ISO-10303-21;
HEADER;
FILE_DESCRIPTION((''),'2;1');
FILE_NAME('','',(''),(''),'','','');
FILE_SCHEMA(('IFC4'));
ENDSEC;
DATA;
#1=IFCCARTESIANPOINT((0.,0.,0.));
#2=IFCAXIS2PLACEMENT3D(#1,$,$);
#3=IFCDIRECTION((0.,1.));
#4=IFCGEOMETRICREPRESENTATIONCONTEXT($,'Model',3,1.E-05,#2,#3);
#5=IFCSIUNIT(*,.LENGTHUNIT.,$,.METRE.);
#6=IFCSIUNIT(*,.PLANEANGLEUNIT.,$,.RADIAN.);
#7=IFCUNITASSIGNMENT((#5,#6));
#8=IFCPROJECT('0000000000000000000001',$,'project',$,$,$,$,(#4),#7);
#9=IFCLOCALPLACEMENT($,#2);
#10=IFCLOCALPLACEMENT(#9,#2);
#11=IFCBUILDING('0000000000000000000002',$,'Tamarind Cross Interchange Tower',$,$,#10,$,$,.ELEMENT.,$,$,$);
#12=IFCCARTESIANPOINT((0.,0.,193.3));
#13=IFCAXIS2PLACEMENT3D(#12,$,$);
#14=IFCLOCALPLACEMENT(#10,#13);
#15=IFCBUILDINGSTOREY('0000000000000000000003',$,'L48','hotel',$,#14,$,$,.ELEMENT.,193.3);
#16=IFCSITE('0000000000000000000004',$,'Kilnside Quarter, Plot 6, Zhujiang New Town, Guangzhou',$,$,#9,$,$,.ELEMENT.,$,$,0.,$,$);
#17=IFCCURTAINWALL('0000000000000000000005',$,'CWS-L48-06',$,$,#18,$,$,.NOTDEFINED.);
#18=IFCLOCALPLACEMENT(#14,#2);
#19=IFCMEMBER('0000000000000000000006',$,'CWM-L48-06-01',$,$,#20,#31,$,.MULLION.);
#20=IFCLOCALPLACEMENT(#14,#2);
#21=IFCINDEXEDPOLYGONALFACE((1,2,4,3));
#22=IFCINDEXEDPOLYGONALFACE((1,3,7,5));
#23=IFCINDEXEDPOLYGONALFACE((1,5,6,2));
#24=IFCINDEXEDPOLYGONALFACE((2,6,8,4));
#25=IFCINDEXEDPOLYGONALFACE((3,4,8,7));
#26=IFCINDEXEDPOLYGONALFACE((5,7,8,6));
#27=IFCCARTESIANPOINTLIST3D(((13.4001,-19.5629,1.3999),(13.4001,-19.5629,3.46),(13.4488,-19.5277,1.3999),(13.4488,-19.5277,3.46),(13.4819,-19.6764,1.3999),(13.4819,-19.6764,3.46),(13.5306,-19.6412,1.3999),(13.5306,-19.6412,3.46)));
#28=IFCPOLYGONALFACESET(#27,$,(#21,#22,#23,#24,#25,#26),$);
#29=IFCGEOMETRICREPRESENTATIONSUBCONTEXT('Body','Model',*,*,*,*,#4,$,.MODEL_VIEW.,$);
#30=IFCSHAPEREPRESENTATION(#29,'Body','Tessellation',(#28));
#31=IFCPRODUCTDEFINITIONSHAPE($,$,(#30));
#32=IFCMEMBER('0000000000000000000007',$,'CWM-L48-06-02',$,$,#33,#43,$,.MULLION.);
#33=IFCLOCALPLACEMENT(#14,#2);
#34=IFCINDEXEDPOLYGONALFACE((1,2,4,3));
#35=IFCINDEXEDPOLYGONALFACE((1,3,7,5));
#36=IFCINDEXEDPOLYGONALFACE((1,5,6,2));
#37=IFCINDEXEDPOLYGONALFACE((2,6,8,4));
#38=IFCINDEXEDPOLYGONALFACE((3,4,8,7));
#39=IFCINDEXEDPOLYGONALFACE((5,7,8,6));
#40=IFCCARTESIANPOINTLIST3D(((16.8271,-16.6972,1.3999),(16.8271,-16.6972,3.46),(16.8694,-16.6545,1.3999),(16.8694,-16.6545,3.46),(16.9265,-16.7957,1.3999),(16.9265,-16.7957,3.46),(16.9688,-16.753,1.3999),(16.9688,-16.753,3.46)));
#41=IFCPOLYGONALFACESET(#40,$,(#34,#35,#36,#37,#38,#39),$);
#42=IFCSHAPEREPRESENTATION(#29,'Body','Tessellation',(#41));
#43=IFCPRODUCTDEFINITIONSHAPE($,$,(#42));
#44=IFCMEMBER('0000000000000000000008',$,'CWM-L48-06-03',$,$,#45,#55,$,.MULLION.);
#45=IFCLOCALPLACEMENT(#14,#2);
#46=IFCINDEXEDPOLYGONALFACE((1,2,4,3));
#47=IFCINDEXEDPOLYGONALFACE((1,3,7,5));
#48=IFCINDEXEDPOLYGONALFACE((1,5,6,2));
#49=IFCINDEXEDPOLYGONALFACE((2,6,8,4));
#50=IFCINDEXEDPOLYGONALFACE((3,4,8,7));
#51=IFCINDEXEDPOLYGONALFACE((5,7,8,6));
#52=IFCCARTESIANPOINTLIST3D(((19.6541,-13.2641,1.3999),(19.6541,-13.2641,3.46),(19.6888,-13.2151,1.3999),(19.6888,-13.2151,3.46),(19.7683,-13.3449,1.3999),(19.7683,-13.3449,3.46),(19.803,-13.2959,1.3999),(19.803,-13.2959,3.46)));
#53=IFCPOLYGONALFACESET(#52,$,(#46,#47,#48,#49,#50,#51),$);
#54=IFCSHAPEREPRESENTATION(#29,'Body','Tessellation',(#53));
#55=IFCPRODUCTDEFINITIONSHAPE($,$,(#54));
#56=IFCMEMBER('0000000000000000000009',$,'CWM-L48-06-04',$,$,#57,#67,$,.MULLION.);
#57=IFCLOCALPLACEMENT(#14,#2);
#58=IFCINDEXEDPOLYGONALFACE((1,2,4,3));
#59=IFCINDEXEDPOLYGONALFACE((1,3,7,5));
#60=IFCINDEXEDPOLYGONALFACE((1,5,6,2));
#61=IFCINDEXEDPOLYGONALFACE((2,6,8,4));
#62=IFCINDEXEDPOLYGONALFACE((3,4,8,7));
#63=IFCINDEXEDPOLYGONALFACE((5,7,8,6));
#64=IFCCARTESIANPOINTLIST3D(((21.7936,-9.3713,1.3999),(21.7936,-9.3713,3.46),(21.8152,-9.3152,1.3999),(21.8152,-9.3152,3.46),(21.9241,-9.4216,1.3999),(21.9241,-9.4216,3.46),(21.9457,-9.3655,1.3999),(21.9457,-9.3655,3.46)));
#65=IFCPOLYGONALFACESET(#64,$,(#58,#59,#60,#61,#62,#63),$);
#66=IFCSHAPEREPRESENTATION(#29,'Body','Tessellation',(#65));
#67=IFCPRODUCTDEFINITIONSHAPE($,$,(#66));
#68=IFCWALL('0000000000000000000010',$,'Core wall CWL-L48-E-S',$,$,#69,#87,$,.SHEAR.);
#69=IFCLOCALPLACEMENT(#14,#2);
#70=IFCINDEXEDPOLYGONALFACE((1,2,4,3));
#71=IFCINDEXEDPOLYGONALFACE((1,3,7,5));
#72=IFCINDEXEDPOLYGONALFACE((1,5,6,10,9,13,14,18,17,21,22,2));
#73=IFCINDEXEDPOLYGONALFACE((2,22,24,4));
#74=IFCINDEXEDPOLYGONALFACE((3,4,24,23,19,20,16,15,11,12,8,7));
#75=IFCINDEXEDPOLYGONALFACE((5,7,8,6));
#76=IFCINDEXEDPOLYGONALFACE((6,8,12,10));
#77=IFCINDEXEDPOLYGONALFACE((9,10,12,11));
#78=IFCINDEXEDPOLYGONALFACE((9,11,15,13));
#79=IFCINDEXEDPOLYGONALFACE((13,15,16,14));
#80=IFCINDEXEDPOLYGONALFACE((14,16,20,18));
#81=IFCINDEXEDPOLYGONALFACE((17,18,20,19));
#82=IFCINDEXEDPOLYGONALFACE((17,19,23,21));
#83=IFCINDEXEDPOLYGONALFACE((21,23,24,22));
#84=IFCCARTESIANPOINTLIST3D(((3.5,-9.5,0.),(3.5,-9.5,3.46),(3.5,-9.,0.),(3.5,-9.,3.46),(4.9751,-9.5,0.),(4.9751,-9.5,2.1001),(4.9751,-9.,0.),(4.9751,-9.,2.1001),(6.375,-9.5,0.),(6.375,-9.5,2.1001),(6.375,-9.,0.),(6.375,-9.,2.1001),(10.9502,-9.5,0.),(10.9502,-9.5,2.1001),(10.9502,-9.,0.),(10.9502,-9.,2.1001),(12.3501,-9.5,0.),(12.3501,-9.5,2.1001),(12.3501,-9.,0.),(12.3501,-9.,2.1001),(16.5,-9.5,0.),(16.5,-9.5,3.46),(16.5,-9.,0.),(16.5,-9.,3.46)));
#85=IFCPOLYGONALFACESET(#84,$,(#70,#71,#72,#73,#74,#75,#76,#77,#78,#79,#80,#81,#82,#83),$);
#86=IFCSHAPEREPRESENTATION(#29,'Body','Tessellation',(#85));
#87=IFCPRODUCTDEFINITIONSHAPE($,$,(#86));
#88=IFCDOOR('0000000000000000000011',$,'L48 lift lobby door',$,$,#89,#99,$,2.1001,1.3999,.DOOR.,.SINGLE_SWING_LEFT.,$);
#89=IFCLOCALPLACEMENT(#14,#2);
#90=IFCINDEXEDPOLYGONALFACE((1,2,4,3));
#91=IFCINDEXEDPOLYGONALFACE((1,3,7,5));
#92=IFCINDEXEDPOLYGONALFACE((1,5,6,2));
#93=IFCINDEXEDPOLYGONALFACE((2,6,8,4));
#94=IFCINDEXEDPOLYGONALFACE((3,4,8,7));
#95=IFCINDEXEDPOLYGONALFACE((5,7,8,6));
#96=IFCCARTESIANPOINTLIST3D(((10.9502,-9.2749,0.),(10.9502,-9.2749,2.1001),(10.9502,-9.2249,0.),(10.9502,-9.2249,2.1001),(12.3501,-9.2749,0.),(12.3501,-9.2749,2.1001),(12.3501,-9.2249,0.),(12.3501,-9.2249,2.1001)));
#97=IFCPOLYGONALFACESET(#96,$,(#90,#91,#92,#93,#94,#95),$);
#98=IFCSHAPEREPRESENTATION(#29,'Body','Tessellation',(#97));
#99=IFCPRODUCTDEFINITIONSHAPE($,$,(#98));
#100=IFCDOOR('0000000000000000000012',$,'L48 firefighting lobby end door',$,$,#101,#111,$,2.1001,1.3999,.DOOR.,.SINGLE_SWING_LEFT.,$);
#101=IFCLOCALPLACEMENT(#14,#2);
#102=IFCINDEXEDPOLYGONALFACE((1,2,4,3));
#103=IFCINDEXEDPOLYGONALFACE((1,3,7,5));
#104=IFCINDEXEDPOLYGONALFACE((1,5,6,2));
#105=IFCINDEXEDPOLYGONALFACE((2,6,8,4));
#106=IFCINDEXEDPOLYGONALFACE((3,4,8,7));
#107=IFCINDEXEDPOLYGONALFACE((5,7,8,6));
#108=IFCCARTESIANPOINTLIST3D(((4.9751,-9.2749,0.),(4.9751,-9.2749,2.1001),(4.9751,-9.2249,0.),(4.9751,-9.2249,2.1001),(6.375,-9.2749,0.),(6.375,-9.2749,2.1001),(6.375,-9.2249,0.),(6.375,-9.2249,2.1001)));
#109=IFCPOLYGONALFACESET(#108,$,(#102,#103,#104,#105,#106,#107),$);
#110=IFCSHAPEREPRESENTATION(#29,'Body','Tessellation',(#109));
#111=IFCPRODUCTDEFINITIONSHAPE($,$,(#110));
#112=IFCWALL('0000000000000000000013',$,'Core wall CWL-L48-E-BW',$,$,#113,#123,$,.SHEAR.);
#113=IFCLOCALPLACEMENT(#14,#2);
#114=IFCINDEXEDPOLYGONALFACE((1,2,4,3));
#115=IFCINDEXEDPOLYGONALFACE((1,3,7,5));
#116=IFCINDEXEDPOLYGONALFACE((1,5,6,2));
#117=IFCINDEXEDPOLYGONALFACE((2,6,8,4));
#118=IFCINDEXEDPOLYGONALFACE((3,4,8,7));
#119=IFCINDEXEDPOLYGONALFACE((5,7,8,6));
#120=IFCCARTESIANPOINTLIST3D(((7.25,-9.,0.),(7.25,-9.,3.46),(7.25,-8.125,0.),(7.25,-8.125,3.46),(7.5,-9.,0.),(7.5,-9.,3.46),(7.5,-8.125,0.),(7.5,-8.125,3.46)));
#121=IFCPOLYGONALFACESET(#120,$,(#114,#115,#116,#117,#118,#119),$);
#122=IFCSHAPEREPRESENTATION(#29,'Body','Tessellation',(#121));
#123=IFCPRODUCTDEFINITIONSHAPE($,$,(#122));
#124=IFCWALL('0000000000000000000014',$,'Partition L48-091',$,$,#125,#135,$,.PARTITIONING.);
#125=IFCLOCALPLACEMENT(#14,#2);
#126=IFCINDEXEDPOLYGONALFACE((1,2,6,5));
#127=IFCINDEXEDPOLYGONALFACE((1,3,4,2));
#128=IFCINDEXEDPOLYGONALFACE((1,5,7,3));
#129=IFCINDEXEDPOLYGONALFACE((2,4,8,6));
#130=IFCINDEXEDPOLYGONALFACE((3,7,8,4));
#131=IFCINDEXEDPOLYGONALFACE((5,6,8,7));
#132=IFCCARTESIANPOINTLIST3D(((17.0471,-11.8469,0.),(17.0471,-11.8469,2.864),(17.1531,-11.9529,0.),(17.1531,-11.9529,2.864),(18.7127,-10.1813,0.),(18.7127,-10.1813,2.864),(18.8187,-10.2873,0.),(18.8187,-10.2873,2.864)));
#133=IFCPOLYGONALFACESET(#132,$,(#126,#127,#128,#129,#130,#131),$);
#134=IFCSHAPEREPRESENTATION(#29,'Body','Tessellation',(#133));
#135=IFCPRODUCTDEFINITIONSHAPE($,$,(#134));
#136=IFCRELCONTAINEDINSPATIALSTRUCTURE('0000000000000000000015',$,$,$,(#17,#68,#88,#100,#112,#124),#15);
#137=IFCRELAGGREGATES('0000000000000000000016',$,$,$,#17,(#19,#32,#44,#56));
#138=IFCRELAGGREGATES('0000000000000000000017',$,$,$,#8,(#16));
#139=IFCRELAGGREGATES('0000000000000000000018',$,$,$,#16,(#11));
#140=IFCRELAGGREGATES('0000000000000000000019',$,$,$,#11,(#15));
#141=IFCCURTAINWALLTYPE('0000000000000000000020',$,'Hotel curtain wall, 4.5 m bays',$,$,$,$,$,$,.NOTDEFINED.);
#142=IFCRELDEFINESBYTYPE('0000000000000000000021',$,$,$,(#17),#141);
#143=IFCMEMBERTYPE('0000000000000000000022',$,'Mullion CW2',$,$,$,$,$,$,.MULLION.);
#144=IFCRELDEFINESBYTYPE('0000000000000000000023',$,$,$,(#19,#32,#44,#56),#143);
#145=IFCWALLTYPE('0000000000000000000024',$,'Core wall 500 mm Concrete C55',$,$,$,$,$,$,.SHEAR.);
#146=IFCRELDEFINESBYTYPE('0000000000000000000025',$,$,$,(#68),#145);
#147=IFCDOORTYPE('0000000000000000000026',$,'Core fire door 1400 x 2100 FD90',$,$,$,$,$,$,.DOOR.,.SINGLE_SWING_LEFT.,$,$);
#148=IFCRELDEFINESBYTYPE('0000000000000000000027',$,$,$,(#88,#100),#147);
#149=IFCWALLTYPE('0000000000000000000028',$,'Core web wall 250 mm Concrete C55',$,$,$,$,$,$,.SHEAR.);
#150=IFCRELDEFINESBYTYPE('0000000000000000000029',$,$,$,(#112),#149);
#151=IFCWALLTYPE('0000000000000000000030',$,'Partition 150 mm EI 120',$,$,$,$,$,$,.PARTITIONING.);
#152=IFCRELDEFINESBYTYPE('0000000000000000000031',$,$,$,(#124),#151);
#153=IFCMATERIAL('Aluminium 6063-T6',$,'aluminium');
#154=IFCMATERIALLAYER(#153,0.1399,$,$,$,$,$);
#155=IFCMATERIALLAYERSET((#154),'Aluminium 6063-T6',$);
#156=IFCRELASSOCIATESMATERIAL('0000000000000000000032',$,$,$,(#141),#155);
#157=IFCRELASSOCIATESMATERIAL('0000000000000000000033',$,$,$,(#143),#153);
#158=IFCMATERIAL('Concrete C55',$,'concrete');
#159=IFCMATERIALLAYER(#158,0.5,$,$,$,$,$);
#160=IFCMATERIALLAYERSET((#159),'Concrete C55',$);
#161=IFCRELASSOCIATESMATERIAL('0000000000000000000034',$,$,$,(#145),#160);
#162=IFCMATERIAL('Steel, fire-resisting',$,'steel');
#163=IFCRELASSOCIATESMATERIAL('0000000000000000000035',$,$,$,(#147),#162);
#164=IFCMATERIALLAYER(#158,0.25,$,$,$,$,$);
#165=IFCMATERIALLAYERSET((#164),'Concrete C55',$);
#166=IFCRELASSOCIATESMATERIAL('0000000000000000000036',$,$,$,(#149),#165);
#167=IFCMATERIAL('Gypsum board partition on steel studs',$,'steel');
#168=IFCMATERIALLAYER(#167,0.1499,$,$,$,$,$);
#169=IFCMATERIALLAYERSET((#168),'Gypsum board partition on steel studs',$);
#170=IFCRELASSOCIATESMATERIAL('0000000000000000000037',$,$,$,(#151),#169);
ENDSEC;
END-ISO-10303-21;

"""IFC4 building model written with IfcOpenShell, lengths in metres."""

from ifc_helpers import new_model, si_unit, direction, frame, frame_2d, origin, origin_2d, place, context, subcontext, project, spatial, rectangle, extrude, material, layer, layer_set, material_profile, profile_set, type_object, element, fill, aggregate, save


model = new_model("IFC4")

# Units and contexts
model_context = context("Model", 3, precision=1e-05, world=origin(), true_north=direction((0.0, 1.0)))
body_context = subcontext(model_context, "Body", "Model", "MODEL_VIEW")
ifc_project = project(units=[si_unit("LENGTHUNIT", "METRE"), si_unit("PLANEANGLEUNIT", "RADIAN")], contexts=[model_context])

# Site, building, storey
site_placement = place(None, origin())
site = spatial("IfcSite", under=ifc_project, at=site_placement, Name="Kilnside Quarter, Plot 6, Zhujiang New Town, Guangzhou", CompositionType="ELEMENT", RefElevation=0.0)
building_placement = place(site_placement, origin())
building = spatial("IfcBuilding", under=site, at=building_placement, Name="Tamarind Cross Interchange Tower", CompositionType="ELEMENT")
storey_placement = place(building_placement, frame((0.0, 0.0, 193.3)))
storey = spatial("IfcBuildingStorey", under=building, at=storey_placement, Name="L48", Description="hotel", CompositionType="ELEMENT", Elevation=193.3)

# Shared definitions
ifc_material_1 = material(Name="Concrete C55", Category="concrete")

# Curtain wall, members
ifc_material_2 = material(Name="Aluminium 6063-T6", Category="aluminium")
ifc_layer_1 = layer(ifc_material_2, 0.1399)
ifc_layer_set_1 = layer_set([ifc_layer_1], Name="Aluminium 6063-T6")
curtain_wall_type = type_object("IfcCurtainWallType", Name="Hotel curtain wall, 4.5 m bays", PredefinedType="NOTDEFINED", material=ifc_layer_set_1)
curtain_wall_placement = place(storey_placement, origin())
curtain_wall = element("IfcCurtainWall", 1, at=curtain_wall_placement, inside=storey, type_object=curtain_wall_type, Name="CWS-L48-06", PredefinedType="NOTDEFINED")
ifc_material_profile_1 = material_profile(ifc_material_2, rectangle(XDim=0.0601, YDim=0.1399, at=origin_2d()), Name="Mullion CW2")
ifc_profile_set_1 = profile_set([ifc_material_profile_1], Name="Aluminium 6063-T6")
member_type = type_object("IfcMemberType", Name="Mullion CW2", PredefinedType="MULLION", material=ifc_profile_set_1)
member_1_placement = place(storey_placement, frame((13.4653, -19.6021, 1.3999), z_axis=(0.0, 0.0, 1.0), x_axis=(0.81134, 0.584574, 0.0)))
member_1 = element("IfcMember", 2, at=member_1_placement, type_object=member_type, Name="CWM-L48-06-01", PredefinedType="MULLION", context=body_context, shape_type="SweptSolid", body=[
    extrude(rectangle(XDim=0.0601, YDim=0.1399, at=origin_2d()), origin(), (0.0, 0.0, 1.0), 2.0601),
])
member_2_placement = place(storey_placement, frame((16.8979, -16.7251, 1.3999), z_axis=(0.0, 0.0, 1.0), x_axis=(0.704057, 0.710143, 0.0)))
member_2 = element("IfcMember", 3, at=member_2_placement, type_object=member_type, Name="CWM-L48-06-02", PredefinedType="MULLION", context=body_context, shape_type="SweptSolid", body=[
    extrude(rectangle(XDim=0.0601, YDim=0.1399, at=origin_2d()), origin(), (0.0, 0.0, 1.0), 2.0601),
])
member_3_placement = place(storey_placement, frame((19.7285, -13.28, 1.3999), z_axis=(0.0, 0.0, 1.0), x_axis=(0.577569, 0.816342, 0.0)))
member_3 = element("IfcMember", 4, at=member_3_placement, type_object=member_type, Name="CWM-L48-06-03", PredefinedType="MULLION", context=body_context, shape_type="SweptSolid", body=[
    extrude(rectangle(XDim=0.0601, YDim=0.1399, at=origin_2d()), origin(), (0.0, 0.0, 1.0), 2.0601),
])
member_4_placement = place(storey_placement, frame((21.8696, -9.3684, 1.3999), z_axis=(0.0, 0.0, 1.0), x_axis=(0.359495, 0.933147, 0.0)))
member_4 = element("IfcMember", 5, at=member_4_placement, type_object=member_type, Name="CWM-L48-06-04", PredefinedType="MULLION", context=body_context, shape_type="SweptSolid", body=[
    extrude(rectangle(XDim=0.0601, YDim=0.1399, at=origin_2d()), origin(), (0.0, 0.0, 1.0), 2.0601),
])
aggregate(curtain_wall, [member_1, member_2, member_3, member_4])

# Wall, openings, doors
ifc_layer_2 = layer(ifc_material_1, 0.5)
ifc_layer_set_2 = layer_set([ifc_layer_2], Name="Concrete C55")
wall_type_1 = type_object("IfcWallType", Name="Core wall 500 mm Concrete C55", PredefinedType="SHEAR", material=ifc_layer_set_2)
wall_1_placement = place(storey_placement, frame((16.5, -9.25, 0.0), z_axis=(0.0, 0.0, 1.0), x_axis=(-1.0, 0.0, 0.0)))
wall_1 = element("IfcWall", 6, at=wall_1_placement, inside=storey, type_object=wall_type_1, Name="Core wall CWL-L48-E-S", PredefinedType="SHEAR", context=body_context, shape_type="SweptSolid", body=[
    extrude(rectangle(XDim=13.0, YDim=0.5, at=frame_2d((6.5, 0.0))), origin(), (0.0, 0.0, 1.0), 3.46),
])
opening_1_placement = place(wall_1_placement, frame((4.1499, 0.0, 0.0)))
opening_1 = element("IfcOpeningElement", 7, at=opening_1_placement, cuts=wall_1, PredefinedType="OPENING", context=body_context, shape_type="SweptSolid", body=[
    extrude(rectangle(XDim=1.3999, YDim=2.1001, at=frame_2d((0.7, 1.05))), frame((0.0, 0.26, 0.0), z_axis=(0.0, -1.0, 0.0), x_axis=(1.0, 0.0, 0.0)), (0.0, 0.0, 1.0), 0.52),
])
opening_2_placement = place(wall_1_placement, frame((10.125, 0.0, 0.0)))
opening_2 = element("IfcOpeningElement", 8, at=opening_2_placement, cuts=wall_1, PredefinedType="OPENING", context=body_context, shape_type="SweptSolid", body=[
    extrude(rectangle(XDim=1.3999, YDim=2.1001, at=frame_2d((0.7, 1.05))), frame((0.0, 0.26, 0.0), z_axis=(0.0, -1.0, 0.0), x_axis=(1.0, 0.0, 0.0)), (0.0, 0.0, 1.0), 0.52),
])
ifc_material_3 = material(Name="Steel, fire-resisting", Category="steel")
door_type_1 = type_object("IfcDoorType", Name="Core fire door 1400 x 2100 FD90", OperationType="SINGLE_SWING_LEFT", PredefinedType="DOOR", material=ifc_material_3)
door_1_placement = place(opening_1_placement, origin())
door_1 = element("IfcDoor", 9, at=door_1_placement, inside=storey, type_object=door_type_1, Name="L48 lift lobby door", OperationType="SINGLE_SWING_LEFT", OverallHeight=2.1001, OverallWidth=1.3999, PredefinedType="DOOR", context=body_context, shape_type="SweptSolid", body=[
    extrude(rectangle(XDim=1.3999, YDim=2.1001, at=frame_2d((0.7, 1.05))), frame((0.0, 0.0249, 0.0), z_axis=(0.0, -1.0, 0.0), x_axis=(1.0, 0.0, 0.0)), (0.0, 0.0, 1.0), 0.05),
])
fill(opening_1, door_1)
door_2_placement = place(opening_2_placement, origin())
door_2 = element("IfcDoor", 10, at=door_2_placement, inside=storey, type_object=door_type_1, Name="L48 firefighting lobby end door", OperationType="SINGLE_SWING_LEFT", OverallHeight=2.1001, OverallWidth=1.3999, PredefinedType="DOOR", context=body_context, shape_type="SweptSolid", body=[
    extrude(rectangle(XDim=1.3999, YDim=2.1001, at=frame_2d((0.7, 1.05))), frame((0.0, 0.0249, 0.0), z_axis=(0.0, -1.0, 0.0), x_axis=(1.0, 0.0, 0.0)), (0.0, 0.0, 1.0), 0.05),
])
fill(opening_2, door_2)

# Walls
ifc_layer_3 = layer(ifc_material_1, 0.25)
ifc_layer_set_3 = layer_set([ifc_layer_3], Name="Concrete C55")
wall_type_2 = type_object("IfcWallType", Name="Core web wall 250 mm Concrete C55", PredefinedType="SHEAR", material=ifc_layer_set_3)
wall_2_placement = place(storey_placement, frame((7.375, -9.0, 0.0), z_axis=(0.0, 0.0, 1.0), x_axis=(0.0, 1.0, 0.0)))
element("IfcWall", 11, at=wall_2_placement, inside=storey, type_object=wall_type_2, Name="Core wall CWL-L48-E-BW", PredefinedType="SHEAR", context=body_context, shape_type="SweptSolid", body=[
    extrude(rectangle(XDim=0.875, YDim=0.25, at=frame_2d((0.4375, 0.0))), origin(), (0.0, 0.0, 1.0), 3.46),
])
ifc_material_4 = material(Name="Gypsum board partition on steel studs", Category="steel")
ifc_layer_4 = layer(ifc_material_4, 0.1499)
ifc_layer_set_4 = layer_set([ifc_layer_4], Name="Gypsum board partition on steel studs")
wall_type_3 = type_object("IfcWallType", Name="Partition 150 mm EI 120", PredefinedType="PARTITIONING", material=ifc_layer_set_4)
wall_3_placement = place(storey_placement, frame((17.1001, -11.8999, 0.0), z_axis=(0.0, 0.0, 1.0), x_axis=(0.707107, 0.707107, 0.0)))
element("IfcWall", 12, at=wall_3_placement, inside=storey, type_object=wall_type_3, Name="Partition L48-091", PredefinedType="PARTITIONING", context=body_context, shape_type="SweptSolid", body=[
    extrude(rectangle(XDim=2.3555, YDim=0.1499, at=frame_2d((1.1777, 0.0))), origin(), (0.0, 0.0, 1.0), 2.864),
])

save(model, "model.ifc")
